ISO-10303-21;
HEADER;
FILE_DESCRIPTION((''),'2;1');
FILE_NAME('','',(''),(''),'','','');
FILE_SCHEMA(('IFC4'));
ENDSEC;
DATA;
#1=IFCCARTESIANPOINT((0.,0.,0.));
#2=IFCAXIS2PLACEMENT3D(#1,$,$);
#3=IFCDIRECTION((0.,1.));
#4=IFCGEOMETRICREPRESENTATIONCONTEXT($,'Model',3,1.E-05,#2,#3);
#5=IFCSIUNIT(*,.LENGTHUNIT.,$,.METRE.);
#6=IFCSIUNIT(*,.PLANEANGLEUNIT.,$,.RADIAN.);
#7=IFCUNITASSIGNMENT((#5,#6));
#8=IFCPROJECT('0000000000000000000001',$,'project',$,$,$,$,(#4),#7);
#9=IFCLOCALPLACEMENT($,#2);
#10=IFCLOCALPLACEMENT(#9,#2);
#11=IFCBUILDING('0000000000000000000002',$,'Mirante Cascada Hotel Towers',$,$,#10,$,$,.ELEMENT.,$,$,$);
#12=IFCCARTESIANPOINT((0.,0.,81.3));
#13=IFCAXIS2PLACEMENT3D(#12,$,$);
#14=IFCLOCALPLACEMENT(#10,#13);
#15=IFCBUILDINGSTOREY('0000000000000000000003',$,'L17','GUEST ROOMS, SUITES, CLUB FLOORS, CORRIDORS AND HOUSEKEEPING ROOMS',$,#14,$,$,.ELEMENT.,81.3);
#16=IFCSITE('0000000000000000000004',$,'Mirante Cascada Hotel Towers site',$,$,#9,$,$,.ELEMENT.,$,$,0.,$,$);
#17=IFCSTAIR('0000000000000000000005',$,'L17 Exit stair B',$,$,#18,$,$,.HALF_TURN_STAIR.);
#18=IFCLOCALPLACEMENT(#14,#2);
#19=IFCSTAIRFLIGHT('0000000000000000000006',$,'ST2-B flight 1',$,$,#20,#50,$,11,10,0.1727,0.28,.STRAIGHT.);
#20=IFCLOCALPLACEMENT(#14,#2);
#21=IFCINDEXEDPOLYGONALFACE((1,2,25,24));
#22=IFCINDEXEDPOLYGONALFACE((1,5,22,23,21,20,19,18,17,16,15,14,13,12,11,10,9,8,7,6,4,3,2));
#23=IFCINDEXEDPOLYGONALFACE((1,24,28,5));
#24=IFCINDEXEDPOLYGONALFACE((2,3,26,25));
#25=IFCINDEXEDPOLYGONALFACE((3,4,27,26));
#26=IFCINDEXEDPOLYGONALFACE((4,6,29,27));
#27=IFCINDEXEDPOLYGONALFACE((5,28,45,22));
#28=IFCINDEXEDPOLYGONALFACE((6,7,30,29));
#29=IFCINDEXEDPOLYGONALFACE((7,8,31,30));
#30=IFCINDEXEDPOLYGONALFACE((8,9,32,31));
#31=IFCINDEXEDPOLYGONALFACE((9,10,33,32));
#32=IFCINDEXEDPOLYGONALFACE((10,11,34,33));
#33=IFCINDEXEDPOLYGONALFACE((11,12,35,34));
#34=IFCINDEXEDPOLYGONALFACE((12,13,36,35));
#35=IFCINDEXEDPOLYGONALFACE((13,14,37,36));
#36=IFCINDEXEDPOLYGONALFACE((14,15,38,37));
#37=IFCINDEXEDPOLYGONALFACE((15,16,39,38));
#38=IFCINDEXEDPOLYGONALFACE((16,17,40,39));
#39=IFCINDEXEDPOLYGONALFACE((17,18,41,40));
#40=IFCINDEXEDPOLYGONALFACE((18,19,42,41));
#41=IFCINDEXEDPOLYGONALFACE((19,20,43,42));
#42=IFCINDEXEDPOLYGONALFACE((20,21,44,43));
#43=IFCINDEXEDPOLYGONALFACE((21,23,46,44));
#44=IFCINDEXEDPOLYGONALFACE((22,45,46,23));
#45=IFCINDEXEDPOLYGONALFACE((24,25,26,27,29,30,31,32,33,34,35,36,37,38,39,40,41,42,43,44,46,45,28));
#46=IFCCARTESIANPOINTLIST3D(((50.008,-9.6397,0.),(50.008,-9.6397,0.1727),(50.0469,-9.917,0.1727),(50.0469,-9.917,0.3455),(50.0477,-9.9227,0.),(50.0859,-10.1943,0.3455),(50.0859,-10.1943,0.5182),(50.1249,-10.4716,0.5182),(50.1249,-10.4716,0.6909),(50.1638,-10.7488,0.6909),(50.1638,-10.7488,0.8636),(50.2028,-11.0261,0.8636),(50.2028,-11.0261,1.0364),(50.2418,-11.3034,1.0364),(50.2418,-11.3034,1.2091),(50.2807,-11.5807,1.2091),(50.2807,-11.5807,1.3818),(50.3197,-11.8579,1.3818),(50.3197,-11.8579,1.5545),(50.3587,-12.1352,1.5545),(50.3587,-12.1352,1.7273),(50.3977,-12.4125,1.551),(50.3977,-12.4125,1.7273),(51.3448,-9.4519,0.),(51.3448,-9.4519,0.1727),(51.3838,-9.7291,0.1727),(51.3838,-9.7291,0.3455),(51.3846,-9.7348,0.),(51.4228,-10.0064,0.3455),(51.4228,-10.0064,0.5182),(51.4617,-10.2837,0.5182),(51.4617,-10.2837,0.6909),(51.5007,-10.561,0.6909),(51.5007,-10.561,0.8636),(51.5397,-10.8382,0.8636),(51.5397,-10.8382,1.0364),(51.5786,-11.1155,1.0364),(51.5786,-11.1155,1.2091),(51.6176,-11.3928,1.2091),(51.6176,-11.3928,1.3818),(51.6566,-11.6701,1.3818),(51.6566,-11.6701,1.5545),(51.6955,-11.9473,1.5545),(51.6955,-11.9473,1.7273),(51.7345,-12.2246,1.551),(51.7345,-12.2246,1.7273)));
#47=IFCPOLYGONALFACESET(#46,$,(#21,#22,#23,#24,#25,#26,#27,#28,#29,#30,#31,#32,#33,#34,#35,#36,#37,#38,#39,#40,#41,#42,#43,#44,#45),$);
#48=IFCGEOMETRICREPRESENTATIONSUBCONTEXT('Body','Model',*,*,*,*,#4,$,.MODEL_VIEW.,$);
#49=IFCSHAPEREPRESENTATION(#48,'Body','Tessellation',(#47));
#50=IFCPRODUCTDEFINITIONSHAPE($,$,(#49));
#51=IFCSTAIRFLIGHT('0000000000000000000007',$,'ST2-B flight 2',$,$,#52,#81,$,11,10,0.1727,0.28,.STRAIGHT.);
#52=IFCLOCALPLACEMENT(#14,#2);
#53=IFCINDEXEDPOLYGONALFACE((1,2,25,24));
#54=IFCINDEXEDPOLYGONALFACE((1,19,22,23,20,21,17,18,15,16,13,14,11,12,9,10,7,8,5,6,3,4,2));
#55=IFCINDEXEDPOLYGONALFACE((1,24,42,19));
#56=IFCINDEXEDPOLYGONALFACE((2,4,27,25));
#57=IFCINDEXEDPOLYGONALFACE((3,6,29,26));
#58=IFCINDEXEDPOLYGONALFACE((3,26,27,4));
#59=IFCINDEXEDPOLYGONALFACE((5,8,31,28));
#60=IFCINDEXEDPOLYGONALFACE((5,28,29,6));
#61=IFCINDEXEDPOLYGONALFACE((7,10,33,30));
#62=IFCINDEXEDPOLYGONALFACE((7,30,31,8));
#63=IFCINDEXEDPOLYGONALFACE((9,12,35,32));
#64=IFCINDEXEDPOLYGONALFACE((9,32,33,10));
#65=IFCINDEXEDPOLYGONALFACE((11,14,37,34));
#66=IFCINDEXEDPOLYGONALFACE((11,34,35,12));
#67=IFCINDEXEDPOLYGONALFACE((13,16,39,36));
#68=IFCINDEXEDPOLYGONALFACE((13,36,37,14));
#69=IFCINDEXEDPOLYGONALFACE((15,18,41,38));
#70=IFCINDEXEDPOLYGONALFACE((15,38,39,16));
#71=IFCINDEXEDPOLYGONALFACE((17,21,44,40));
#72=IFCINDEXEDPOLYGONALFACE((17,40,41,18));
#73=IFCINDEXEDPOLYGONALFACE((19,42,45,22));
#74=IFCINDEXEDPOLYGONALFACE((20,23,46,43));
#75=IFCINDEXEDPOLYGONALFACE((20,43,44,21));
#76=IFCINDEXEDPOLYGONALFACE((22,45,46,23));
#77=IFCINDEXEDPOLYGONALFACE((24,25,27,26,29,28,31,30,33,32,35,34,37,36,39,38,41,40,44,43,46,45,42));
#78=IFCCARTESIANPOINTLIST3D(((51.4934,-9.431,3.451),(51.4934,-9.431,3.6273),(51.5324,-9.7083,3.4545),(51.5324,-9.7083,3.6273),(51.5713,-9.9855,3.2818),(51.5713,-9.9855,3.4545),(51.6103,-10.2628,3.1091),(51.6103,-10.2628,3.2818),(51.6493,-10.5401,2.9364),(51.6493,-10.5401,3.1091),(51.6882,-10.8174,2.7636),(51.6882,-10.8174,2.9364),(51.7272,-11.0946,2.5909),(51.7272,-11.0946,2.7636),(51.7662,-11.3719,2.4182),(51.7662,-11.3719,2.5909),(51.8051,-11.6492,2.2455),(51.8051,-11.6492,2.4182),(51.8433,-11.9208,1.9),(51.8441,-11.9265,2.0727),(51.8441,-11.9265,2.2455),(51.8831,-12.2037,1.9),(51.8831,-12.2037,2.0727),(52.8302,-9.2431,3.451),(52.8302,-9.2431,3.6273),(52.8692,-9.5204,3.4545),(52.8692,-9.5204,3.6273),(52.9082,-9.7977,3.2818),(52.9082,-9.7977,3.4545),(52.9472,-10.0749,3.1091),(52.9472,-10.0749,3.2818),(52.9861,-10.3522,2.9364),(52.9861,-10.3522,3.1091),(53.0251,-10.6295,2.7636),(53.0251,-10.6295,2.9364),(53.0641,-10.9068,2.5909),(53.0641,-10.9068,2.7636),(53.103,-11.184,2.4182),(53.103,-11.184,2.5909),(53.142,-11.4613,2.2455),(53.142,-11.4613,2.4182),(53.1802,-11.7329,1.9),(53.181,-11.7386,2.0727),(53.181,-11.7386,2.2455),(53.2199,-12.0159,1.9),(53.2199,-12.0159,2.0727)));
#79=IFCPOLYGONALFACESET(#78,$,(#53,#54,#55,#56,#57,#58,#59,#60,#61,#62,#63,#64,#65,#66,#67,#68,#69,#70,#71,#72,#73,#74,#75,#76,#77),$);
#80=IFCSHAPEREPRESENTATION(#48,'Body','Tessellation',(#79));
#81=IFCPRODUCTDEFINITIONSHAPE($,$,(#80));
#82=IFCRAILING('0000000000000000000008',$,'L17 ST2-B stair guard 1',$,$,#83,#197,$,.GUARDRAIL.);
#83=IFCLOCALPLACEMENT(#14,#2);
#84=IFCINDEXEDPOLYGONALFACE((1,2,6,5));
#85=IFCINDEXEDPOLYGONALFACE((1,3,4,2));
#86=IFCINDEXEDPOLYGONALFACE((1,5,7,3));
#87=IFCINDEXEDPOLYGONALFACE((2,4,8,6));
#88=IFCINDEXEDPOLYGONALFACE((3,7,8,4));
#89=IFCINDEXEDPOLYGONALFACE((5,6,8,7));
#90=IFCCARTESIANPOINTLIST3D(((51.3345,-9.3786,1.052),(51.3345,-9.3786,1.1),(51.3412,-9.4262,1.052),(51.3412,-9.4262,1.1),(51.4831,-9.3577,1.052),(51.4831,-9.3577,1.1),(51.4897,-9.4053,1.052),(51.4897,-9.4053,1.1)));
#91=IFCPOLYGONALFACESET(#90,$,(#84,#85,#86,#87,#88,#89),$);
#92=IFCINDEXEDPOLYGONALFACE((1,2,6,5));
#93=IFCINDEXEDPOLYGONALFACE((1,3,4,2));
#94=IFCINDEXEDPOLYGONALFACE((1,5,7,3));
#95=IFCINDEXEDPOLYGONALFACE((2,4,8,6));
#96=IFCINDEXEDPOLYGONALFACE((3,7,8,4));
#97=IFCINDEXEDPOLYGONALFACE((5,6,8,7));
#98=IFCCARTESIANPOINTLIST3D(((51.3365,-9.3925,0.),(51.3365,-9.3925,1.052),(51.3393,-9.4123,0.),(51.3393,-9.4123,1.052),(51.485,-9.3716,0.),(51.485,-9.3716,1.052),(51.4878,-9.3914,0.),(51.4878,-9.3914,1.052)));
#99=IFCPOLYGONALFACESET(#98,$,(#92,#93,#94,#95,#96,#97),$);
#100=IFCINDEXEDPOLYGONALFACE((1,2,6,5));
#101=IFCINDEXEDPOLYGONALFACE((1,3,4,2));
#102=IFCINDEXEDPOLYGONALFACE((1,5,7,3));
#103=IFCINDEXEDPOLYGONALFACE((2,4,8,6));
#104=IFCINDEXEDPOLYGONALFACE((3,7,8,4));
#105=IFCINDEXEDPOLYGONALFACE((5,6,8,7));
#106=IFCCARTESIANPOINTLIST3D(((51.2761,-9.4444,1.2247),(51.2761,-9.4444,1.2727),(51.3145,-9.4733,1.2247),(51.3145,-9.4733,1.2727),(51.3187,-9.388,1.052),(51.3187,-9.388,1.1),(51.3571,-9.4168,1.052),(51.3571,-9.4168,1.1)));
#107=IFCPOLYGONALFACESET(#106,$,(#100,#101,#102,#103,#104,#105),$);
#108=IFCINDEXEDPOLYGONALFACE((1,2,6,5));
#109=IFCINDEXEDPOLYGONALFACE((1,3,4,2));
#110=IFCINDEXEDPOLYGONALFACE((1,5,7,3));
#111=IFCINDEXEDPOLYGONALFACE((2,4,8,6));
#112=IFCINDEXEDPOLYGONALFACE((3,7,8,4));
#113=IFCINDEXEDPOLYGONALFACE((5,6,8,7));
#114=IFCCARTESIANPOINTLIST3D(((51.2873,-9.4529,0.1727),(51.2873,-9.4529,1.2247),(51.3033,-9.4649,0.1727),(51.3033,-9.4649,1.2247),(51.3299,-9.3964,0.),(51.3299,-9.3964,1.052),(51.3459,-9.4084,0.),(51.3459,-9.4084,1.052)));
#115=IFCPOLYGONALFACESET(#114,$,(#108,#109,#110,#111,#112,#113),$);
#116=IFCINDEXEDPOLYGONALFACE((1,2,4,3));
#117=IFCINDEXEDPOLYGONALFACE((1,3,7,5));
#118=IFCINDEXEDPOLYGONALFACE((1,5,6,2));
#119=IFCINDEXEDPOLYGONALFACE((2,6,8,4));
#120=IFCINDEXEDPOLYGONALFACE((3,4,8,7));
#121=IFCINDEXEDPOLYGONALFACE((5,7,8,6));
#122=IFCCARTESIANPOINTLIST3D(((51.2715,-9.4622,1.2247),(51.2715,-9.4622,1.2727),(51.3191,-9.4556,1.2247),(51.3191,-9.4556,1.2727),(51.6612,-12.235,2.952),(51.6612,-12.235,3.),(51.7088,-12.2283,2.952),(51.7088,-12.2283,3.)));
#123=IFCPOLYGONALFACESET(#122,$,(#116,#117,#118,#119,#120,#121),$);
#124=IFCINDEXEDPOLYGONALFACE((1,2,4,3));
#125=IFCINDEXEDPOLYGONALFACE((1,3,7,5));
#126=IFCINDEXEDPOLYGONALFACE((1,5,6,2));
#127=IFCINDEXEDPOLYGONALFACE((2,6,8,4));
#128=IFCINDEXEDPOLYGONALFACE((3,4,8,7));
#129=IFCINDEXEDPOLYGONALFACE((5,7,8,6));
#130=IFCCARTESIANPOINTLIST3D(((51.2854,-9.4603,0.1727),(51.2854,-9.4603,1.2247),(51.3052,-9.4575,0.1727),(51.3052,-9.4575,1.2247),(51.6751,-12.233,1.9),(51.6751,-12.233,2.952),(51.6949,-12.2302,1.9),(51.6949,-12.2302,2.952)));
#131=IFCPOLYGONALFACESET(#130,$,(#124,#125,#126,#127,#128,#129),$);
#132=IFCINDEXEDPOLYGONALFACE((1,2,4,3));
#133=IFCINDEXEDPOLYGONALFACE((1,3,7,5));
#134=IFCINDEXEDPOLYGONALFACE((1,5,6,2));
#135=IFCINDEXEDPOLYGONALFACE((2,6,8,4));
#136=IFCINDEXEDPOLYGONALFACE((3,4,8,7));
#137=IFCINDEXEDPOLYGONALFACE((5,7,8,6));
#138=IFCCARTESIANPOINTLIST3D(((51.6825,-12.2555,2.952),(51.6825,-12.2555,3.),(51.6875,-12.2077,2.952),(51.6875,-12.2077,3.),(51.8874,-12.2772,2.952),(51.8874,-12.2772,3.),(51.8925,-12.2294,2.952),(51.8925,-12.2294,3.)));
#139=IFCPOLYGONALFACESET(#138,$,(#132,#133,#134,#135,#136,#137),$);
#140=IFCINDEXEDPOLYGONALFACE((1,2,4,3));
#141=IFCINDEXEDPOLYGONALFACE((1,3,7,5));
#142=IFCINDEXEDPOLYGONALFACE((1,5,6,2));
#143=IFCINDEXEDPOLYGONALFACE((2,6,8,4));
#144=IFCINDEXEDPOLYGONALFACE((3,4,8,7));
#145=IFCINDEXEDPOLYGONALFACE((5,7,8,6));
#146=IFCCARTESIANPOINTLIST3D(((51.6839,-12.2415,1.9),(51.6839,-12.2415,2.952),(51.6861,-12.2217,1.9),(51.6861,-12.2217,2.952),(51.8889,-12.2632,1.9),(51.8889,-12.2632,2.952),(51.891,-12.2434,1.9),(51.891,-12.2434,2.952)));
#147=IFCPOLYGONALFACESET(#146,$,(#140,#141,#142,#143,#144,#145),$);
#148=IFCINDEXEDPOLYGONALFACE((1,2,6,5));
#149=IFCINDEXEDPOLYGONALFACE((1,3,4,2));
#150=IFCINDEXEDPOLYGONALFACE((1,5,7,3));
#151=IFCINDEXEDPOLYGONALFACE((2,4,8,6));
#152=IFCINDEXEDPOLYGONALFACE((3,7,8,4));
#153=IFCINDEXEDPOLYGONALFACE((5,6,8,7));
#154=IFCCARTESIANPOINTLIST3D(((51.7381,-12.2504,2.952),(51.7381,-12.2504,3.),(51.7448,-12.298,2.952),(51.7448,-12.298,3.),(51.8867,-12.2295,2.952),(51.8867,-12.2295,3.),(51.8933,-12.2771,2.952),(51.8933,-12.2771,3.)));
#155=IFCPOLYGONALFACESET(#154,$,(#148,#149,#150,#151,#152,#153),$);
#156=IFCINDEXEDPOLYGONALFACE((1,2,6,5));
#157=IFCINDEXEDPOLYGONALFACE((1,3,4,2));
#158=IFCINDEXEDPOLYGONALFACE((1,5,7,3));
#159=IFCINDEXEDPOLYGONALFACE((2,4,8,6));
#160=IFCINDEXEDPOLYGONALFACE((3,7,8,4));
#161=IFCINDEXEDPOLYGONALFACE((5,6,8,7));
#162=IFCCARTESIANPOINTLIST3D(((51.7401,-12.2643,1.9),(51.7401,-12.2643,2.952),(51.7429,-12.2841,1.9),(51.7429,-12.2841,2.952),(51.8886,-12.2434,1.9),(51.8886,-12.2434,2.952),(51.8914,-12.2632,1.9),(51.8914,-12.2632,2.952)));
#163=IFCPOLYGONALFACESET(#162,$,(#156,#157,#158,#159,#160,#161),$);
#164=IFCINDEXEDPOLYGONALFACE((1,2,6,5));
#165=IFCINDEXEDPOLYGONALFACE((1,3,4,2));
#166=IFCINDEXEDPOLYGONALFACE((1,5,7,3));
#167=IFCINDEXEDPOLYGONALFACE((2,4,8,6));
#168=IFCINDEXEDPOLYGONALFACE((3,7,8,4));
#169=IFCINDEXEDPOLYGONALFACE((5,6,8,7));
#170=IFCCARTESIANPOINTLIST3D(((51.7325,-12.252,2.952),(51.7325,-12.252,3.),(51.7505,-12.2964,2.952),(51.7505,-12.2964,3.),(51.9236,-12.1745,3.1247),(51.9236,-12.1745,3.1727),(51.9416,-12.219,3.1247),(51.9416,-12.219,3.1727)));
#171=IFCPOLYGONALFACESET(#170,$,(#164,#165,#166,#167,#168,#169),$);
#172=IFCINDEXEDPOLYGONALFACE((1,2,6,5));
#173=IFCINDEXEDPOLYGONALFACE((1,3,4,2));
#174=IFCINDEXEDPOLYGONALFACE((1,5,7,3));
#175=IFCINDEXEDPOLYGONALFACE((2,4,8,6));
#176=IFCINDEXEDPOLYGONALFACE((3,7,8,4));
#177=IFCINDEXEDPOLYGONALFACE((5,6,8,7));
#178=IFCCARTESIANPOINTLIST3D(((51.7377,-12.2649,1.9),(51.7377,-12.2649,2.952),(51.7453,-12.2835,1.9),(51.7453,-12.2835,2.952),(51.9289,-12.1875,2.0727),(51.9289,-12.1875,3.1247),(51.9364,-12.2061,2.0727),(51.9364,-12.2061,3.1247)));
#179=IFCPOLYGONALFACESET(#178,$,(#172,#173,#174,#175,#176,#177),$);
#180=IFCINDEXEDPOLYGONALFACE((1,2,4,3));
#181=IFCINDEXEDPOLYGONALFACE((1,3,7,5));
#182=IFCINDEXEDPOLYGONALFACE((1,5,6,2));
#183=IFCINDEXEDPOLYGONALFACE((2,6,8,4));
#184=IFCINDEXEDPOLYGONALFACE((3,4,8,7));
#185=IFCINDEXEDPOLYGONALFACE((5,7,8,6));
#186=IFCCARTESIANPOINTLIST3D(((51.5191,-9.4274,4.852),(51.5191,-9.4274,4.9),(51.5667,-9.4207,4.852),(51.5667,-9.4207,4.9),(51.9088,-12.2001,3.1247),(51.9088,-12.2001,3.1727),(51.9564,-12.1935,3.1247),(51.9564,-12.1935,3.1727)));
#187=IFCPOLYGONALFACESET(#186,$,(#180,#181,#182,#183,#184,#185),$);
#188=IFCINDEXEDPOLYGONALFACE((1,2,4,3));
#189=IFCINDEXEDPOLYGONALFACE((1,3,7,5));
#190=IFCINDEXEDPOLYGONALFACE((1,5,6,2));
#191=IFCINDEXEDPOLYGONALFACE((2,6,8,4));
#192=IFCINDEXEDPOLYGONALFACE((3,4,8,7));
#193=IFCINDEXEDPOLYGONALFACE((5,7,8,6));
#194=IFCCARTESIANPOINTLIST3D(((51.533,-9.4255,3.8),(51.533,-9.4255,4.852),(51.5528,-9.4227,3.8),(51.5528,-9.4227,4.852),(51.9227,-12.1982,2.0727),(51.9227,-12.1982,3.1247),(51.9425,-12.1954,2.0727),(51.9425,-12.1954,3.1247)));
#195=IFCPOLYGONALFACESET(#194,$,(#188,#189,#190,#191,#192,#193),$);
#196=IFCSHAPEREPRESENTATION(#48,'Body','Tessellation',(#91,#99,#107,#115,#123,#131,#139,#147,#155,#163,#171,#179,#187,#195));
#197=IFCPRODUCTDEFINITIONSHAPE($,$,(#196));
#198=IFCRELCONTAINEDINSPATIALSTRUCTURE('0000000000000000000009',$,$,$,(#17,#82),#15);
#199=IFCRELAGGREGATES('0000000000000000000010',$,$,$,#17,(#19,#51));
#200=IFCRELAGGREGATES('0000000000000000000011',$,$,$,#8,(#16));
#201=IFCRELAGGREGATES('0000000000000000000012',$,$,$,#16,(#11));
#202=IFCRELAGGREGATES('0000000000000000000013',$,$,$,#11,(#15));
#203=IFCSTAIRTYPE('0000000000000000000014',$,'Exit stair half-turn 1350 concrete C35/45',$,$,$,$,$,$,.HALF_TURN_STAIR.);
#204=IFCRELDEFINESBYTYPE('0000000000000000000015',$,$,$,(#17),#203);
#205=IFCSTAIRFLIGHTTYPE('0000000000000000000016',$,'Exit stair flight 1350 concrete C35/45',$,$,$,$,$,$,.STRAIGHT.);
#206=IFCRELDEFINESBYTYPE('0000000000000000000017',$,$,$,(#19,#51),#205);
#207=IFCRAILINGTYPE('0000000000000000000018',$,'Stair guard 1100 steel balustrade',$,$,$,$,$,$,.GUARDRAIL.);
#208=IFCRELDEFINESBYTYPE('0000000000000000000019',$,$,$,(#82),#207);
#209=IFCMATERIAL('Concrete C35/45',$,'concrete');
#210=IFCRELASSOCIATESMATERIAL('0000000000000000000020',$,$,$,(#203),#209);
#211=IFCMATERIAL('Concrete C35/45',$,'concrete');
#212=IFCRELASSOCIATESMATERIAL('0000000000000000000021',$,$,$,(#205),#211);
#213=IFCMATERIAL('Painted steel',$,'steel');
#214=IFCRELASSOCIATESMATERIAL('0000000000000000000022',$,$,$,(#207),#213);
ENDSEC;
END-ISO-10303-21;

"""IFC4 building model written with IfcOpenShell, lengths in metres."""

from ifc_helpers import new_model, si_unit, direction, frame, origin, origin_2d, place, context, subcontext, project, spatial, polyline, rectangle, outline, extrude, material, type_object, element, aggregate, save


model = new_model("IFC4")

# Units and contexts
model_context = context("Model", 3, precision=1e-05, world=origin(), true_north=direction((0.0, 1.0)))
body_context = subcontext(model_context, "Body", "Model", "MODEL_VIEW")
ifc_project = project(units=[si_unit("LENGTHUNIT", "METRE"), si_unit("PLANEANGLEUNIT", "RADIAN")], contexts=[model_context])

# Site, building, storey
site_placement = place(None, origin())
site = spatial("IfcSite", under=ifc_project, at=site_placement, Name="Mirante Cascada Hotel Towers site", CompositionType="ELEMENT", RefElevation=0.0)
building_placement = place(site_placement, origin())
building = spatial("IfcBuilding", under=site, at=building_placement, Name="Mirante Cascada Hotel Towers", CompositionType="ELEMENT")
storey_placement = place(building_placement, frame((0.0, 0.0, 81.3)))
storey = spatial("IfcBuildingStorey", under=building, at=storey_placement, Name="L17", Description="GUEST ROOMS, SUITES, CLUB FLOORS, CORRIDORS AND HOUSEKEEPING ROOMS", CompositionType="ELEMENT", Elevation=81.3)

# Stair, stair flights
ifc_material_1 = material(Name="Concrete C35/45", Category="concrete")
stair_type = type_object("IfcStairType", Name="Exit stair half-turn 1350 concrete C35/45", PredefinedType="HALF_TURN_STAIR", material=ifc_material_1)
stair_placement = place(storey_placement, origin())
stair = element("IfcStair", 1, at=stair_placement, inside=storey, type_object=stair_type, Name="L17 Exit stair B", PredefinedType="HALF_TURN_STAIR")
ifc_material_2 = material(Name="Concrete C35/45", Category="concrete")
stair_flight_type = type_object("IfcStairFlightType", Name="Exit stair flight 1350 concrete C35/45", PredefinedType="STRAIGHT", material=ifc_material_2)
stair_flight_1_placement = place(storey_placement, frame((50.6764, -9.5458, 0.0), z_axis=(0.0, 0.0, 1.0), x_axis=(0.139173, -0.990268, 0.0)))
stair_flight_1 = element("IfcStairFlight", 2, at=stair_flight_1_placement, type_object=stair_flight_type, Name="ST2-B flight 1", NumberOfRisers=11, NumberOfTreads=10, PredefinedType="STRAIGHT", RiserHeight=0.1727, TreadLength=0.28, context=body_context, shape_type="SweptSolid", body=[
    extrude(outline(polyline([(0.0, 0.0), (0.0, 0.1727), (0.28, 0.1727), (0.28, 0.3455), (0.56, 0.3455), (0.56, 0.5182), (0.84, 0.5182), (0.84, 0.6909), (1.12, 0.6909), (1.12, 0.8636), (1.4, 0.8636), (1.4, 1.0364), (1.68, 1.0364), (1.68, 1.2091), (1.96, 1.2091), (1.96, 1.3818), (2.24, 1.3818), (2.24, 1.5545), (2.52, 1.5545), (2.52, 1.7273), (2.8, 1.7273), (2.8, 1.9), (2.8, 1.551), (0.2857, 0.0), (0.0, 0.0)])), frame((0.0, 0.675, 0.0), z_axis=(0.0, -1.0, 0.0), x_axis=(1.0, 0.0, 0.0)), (0.0, 0.0, 1.0), 1.35),
])
stair_flight_2_placement = place(storey_placement, frame((52.5515, -12.1098, 1.9), z_axis=(0.0, 0.0, 1.0), x_axis=(-0.139173, 0.990268, 0.0)))
stair_flight_2 = element("IfcStairFlight", 3, at=stair_flight_2_placement, type_object=stair_flight_type, Name="ST2-B flight 2", NumberOfRisers=11, NumberOfTreads=10, PredefinedType="STRAIGHT", RiserHeight=0.1727, TreadLength=0.28, context=body_context, shape_type="SweptSolid", body=[
    extrude(outline(polyline([(0.0, 0.0), (0.0, 0.1727), (0.28, 0.1727), (0.28, 0.3455), (0.56, 0.3455), (0.56, 0.5182), (0.84, 0.5182), (0.84, 0.6909), (1.12, 0.6909), (1.12, 0.8636), (1.4, 0.8636), (1.4, 1.0364), (1.68, 1.0364), (1.68, 1.2091), (1.96, 1.2091), (1.96, 1.3818), (2.24, 1.3818), (2.24, 1.5545), (2.52, 1.5545), (2.52, 1.7273), (2.8, 1.7273), (2.8, 1.9), (2.8, 1.551), (0.2857, 0.0), (0.0, 0.0)])), frame((0.0, 0.675, 0.0), z_axis=(0.0, -1.0, 0.0), x_axis=(1.0, 0.0, 0.0)), (0.0, 0.0, 1.0), 1.35),
])
aggregate(stair, [stair_flight_1, stair_flight_2])

# Railing
ifc_material_3 = material(Name="Painted steel", Category="steel")
railing_type_1 = type_object("IfcRailingType", Name="Stair guard 1100 steel balustrade", PredefinedType="GUARDRAIL", material=ifc_material_3)
railing_1_placement = place(storey_placement, frame((51.4864, -9.3815, 0.0)))
element("IfcRailing", 4, at=railing_1_placement, inside=storey, type_object=railing_type_1, Name="L17 ST2-B stair guard 1", PredefinedType="GUARDRAIL", context=body_context, shape_type="SweptSolid", body=[
    extrude(rectangle(XDim=0.048, YDim=0.048, at=origin_2d()), frame((0.0, 0.0, 1.076), z_axis=(-0.990241, -0.139367, 0.0), x_axis=(0.139367, -0.990241, 0.0)), (0.0, 0.0, 1.0), 0.15),
    extrude(rectangle(XDim=0.02, YDim=1.052, at=origin_2d()), frame((0.0, 0.0, 0.526), z_axis=(-0.990241, -0.139367, 0.0), x_axis=(0.139367, -0.990241, 0.0)), (0.0, 0.0, 1.0), 0.15),
    extrude(rectangle(XDim=0.048, YDim=0.048, at=origin_2d()), frame((-0.1485, -0.0209, 1.076), z_axis=(-0.602033, -0.798471, 0.0), x_axis=(0.798471, -0.602033, 0.0)), (0.0, 0.92534, 0.379139), 0.1866),
    extrude(rectangle(XDim=0.02, YDim=1.052, at=origin_2d()), frame((-0.1485, -0.0209, 0.526), z_axis=(-0.602033, -0.798471, 0.0), x_axis=(0.798471, -0.602033, 0.0)), (0.0, 0.92534, 0.379139), 0.1866),
    extrude(rectangle(XDim=0.048, YDim=0.048, at=origin_2d()), frame((-0.1911, -0.0774, 1.2487), z_axis=(0.139181, -0.990267, 0.0), x_axis=(0.990267, 0.139181, 0.0)), (0.0, 0.525035, 0.851081), 3.2899),
    extrude(rectangle(XDim=0.02, YDim=1.052, at=origin_2d()), frame((-0.1911, -0.0774, 0.6987), z_axis=(0.139181, -0.990267, 0.0), x_axis=(0.990267, 0.139181, 0.0)), (0.0, 0.525035, 0.851081), 3.2899),
    extrude(rectangle(XDim=0.048, YDim=0.048, at=origin_2d()), frame((0.1986, -2.8501, 2.976), z_axis=(0.994444, -0.105266, 0.0), x_axis=(0.105266, 0.994444, 0.0)), (0.0, 0.0, 1.0), 0.2061),
    extrude(rectangle(XDim=0.02, YDim=1.052, at=origin_2d()), frame((0.1986, -2.8501, 2.426), z_axis=(0.994444, -0.105266, 0.0), x_axis=(0.105266, 0.994444, 0.0)), (0.0, 0.0, 1.0), 0.2061),
    extrude(rectangle(XDim=0.048, YDim=0.048, at=origin_2d()), frame((0.4036, -2.8718, 2.976), z_axis=(-0.990241, -0.139367, 0.0), x_axis=(0.139367, -0.990241, 0.0)), (0.0, 0.0, 1.0), 0.15),
    extrude(rectangle(XDim=0.02, YDim=1.052, at=origin_2d()), frame((0.4036, -2.8718, 2.426), z_axis=(-0.990241, -0.139367, 0.0), x_axis=(0.139367, -0.990241, 0.0)), (0.0, 0.0, 1.0), 0.15),
    extrude(rectangle(XDim=0.048, YDim=0.048, at=origin_2d()), frame((0.2551, -2.8927, 2.976), z_axis=(0.926862, 0.375401, 0.0), x_axis=(-0.375401, 0.926862, 0.0)), (0.0, 0.642122, 0.766603), 0.269),
    extrude(rectangle(XDim=0.02, YDim=1.052, at=origin_2d()), frame((0.2551, -2.8927, 2.426), z_axis=(0.926862, 0.375401, 0.0), x_axis=(-0.375401, 0.926862, 0.0)), (0.0, 0.642122, 0.766603), 0.269),
    extrude(rectangle(XDim=0.048, YDim=0.048, at=origin_2d()), frame((0.4462, -2.8153, 3.1487), z_axis=(-0.139181, 0.990267, 0.0), x_axis=(-0.990267, -0.139181, 0.0)), (0.0, 0.525035, 0.851081), 3.2899),
    extrude(rectangle(XDim=0.02, YDim=1.052, at=origin_2d()), frame((0.4462, -2.8153, 2.5987), z_axis=(-0.139181, 0.990267, 0.0), x_axis=(-0.990267, -0.139181, 0.0)), (0.0, 0.525035, 0.851081), 3.2899),
])

save(model, "model.ifc")
